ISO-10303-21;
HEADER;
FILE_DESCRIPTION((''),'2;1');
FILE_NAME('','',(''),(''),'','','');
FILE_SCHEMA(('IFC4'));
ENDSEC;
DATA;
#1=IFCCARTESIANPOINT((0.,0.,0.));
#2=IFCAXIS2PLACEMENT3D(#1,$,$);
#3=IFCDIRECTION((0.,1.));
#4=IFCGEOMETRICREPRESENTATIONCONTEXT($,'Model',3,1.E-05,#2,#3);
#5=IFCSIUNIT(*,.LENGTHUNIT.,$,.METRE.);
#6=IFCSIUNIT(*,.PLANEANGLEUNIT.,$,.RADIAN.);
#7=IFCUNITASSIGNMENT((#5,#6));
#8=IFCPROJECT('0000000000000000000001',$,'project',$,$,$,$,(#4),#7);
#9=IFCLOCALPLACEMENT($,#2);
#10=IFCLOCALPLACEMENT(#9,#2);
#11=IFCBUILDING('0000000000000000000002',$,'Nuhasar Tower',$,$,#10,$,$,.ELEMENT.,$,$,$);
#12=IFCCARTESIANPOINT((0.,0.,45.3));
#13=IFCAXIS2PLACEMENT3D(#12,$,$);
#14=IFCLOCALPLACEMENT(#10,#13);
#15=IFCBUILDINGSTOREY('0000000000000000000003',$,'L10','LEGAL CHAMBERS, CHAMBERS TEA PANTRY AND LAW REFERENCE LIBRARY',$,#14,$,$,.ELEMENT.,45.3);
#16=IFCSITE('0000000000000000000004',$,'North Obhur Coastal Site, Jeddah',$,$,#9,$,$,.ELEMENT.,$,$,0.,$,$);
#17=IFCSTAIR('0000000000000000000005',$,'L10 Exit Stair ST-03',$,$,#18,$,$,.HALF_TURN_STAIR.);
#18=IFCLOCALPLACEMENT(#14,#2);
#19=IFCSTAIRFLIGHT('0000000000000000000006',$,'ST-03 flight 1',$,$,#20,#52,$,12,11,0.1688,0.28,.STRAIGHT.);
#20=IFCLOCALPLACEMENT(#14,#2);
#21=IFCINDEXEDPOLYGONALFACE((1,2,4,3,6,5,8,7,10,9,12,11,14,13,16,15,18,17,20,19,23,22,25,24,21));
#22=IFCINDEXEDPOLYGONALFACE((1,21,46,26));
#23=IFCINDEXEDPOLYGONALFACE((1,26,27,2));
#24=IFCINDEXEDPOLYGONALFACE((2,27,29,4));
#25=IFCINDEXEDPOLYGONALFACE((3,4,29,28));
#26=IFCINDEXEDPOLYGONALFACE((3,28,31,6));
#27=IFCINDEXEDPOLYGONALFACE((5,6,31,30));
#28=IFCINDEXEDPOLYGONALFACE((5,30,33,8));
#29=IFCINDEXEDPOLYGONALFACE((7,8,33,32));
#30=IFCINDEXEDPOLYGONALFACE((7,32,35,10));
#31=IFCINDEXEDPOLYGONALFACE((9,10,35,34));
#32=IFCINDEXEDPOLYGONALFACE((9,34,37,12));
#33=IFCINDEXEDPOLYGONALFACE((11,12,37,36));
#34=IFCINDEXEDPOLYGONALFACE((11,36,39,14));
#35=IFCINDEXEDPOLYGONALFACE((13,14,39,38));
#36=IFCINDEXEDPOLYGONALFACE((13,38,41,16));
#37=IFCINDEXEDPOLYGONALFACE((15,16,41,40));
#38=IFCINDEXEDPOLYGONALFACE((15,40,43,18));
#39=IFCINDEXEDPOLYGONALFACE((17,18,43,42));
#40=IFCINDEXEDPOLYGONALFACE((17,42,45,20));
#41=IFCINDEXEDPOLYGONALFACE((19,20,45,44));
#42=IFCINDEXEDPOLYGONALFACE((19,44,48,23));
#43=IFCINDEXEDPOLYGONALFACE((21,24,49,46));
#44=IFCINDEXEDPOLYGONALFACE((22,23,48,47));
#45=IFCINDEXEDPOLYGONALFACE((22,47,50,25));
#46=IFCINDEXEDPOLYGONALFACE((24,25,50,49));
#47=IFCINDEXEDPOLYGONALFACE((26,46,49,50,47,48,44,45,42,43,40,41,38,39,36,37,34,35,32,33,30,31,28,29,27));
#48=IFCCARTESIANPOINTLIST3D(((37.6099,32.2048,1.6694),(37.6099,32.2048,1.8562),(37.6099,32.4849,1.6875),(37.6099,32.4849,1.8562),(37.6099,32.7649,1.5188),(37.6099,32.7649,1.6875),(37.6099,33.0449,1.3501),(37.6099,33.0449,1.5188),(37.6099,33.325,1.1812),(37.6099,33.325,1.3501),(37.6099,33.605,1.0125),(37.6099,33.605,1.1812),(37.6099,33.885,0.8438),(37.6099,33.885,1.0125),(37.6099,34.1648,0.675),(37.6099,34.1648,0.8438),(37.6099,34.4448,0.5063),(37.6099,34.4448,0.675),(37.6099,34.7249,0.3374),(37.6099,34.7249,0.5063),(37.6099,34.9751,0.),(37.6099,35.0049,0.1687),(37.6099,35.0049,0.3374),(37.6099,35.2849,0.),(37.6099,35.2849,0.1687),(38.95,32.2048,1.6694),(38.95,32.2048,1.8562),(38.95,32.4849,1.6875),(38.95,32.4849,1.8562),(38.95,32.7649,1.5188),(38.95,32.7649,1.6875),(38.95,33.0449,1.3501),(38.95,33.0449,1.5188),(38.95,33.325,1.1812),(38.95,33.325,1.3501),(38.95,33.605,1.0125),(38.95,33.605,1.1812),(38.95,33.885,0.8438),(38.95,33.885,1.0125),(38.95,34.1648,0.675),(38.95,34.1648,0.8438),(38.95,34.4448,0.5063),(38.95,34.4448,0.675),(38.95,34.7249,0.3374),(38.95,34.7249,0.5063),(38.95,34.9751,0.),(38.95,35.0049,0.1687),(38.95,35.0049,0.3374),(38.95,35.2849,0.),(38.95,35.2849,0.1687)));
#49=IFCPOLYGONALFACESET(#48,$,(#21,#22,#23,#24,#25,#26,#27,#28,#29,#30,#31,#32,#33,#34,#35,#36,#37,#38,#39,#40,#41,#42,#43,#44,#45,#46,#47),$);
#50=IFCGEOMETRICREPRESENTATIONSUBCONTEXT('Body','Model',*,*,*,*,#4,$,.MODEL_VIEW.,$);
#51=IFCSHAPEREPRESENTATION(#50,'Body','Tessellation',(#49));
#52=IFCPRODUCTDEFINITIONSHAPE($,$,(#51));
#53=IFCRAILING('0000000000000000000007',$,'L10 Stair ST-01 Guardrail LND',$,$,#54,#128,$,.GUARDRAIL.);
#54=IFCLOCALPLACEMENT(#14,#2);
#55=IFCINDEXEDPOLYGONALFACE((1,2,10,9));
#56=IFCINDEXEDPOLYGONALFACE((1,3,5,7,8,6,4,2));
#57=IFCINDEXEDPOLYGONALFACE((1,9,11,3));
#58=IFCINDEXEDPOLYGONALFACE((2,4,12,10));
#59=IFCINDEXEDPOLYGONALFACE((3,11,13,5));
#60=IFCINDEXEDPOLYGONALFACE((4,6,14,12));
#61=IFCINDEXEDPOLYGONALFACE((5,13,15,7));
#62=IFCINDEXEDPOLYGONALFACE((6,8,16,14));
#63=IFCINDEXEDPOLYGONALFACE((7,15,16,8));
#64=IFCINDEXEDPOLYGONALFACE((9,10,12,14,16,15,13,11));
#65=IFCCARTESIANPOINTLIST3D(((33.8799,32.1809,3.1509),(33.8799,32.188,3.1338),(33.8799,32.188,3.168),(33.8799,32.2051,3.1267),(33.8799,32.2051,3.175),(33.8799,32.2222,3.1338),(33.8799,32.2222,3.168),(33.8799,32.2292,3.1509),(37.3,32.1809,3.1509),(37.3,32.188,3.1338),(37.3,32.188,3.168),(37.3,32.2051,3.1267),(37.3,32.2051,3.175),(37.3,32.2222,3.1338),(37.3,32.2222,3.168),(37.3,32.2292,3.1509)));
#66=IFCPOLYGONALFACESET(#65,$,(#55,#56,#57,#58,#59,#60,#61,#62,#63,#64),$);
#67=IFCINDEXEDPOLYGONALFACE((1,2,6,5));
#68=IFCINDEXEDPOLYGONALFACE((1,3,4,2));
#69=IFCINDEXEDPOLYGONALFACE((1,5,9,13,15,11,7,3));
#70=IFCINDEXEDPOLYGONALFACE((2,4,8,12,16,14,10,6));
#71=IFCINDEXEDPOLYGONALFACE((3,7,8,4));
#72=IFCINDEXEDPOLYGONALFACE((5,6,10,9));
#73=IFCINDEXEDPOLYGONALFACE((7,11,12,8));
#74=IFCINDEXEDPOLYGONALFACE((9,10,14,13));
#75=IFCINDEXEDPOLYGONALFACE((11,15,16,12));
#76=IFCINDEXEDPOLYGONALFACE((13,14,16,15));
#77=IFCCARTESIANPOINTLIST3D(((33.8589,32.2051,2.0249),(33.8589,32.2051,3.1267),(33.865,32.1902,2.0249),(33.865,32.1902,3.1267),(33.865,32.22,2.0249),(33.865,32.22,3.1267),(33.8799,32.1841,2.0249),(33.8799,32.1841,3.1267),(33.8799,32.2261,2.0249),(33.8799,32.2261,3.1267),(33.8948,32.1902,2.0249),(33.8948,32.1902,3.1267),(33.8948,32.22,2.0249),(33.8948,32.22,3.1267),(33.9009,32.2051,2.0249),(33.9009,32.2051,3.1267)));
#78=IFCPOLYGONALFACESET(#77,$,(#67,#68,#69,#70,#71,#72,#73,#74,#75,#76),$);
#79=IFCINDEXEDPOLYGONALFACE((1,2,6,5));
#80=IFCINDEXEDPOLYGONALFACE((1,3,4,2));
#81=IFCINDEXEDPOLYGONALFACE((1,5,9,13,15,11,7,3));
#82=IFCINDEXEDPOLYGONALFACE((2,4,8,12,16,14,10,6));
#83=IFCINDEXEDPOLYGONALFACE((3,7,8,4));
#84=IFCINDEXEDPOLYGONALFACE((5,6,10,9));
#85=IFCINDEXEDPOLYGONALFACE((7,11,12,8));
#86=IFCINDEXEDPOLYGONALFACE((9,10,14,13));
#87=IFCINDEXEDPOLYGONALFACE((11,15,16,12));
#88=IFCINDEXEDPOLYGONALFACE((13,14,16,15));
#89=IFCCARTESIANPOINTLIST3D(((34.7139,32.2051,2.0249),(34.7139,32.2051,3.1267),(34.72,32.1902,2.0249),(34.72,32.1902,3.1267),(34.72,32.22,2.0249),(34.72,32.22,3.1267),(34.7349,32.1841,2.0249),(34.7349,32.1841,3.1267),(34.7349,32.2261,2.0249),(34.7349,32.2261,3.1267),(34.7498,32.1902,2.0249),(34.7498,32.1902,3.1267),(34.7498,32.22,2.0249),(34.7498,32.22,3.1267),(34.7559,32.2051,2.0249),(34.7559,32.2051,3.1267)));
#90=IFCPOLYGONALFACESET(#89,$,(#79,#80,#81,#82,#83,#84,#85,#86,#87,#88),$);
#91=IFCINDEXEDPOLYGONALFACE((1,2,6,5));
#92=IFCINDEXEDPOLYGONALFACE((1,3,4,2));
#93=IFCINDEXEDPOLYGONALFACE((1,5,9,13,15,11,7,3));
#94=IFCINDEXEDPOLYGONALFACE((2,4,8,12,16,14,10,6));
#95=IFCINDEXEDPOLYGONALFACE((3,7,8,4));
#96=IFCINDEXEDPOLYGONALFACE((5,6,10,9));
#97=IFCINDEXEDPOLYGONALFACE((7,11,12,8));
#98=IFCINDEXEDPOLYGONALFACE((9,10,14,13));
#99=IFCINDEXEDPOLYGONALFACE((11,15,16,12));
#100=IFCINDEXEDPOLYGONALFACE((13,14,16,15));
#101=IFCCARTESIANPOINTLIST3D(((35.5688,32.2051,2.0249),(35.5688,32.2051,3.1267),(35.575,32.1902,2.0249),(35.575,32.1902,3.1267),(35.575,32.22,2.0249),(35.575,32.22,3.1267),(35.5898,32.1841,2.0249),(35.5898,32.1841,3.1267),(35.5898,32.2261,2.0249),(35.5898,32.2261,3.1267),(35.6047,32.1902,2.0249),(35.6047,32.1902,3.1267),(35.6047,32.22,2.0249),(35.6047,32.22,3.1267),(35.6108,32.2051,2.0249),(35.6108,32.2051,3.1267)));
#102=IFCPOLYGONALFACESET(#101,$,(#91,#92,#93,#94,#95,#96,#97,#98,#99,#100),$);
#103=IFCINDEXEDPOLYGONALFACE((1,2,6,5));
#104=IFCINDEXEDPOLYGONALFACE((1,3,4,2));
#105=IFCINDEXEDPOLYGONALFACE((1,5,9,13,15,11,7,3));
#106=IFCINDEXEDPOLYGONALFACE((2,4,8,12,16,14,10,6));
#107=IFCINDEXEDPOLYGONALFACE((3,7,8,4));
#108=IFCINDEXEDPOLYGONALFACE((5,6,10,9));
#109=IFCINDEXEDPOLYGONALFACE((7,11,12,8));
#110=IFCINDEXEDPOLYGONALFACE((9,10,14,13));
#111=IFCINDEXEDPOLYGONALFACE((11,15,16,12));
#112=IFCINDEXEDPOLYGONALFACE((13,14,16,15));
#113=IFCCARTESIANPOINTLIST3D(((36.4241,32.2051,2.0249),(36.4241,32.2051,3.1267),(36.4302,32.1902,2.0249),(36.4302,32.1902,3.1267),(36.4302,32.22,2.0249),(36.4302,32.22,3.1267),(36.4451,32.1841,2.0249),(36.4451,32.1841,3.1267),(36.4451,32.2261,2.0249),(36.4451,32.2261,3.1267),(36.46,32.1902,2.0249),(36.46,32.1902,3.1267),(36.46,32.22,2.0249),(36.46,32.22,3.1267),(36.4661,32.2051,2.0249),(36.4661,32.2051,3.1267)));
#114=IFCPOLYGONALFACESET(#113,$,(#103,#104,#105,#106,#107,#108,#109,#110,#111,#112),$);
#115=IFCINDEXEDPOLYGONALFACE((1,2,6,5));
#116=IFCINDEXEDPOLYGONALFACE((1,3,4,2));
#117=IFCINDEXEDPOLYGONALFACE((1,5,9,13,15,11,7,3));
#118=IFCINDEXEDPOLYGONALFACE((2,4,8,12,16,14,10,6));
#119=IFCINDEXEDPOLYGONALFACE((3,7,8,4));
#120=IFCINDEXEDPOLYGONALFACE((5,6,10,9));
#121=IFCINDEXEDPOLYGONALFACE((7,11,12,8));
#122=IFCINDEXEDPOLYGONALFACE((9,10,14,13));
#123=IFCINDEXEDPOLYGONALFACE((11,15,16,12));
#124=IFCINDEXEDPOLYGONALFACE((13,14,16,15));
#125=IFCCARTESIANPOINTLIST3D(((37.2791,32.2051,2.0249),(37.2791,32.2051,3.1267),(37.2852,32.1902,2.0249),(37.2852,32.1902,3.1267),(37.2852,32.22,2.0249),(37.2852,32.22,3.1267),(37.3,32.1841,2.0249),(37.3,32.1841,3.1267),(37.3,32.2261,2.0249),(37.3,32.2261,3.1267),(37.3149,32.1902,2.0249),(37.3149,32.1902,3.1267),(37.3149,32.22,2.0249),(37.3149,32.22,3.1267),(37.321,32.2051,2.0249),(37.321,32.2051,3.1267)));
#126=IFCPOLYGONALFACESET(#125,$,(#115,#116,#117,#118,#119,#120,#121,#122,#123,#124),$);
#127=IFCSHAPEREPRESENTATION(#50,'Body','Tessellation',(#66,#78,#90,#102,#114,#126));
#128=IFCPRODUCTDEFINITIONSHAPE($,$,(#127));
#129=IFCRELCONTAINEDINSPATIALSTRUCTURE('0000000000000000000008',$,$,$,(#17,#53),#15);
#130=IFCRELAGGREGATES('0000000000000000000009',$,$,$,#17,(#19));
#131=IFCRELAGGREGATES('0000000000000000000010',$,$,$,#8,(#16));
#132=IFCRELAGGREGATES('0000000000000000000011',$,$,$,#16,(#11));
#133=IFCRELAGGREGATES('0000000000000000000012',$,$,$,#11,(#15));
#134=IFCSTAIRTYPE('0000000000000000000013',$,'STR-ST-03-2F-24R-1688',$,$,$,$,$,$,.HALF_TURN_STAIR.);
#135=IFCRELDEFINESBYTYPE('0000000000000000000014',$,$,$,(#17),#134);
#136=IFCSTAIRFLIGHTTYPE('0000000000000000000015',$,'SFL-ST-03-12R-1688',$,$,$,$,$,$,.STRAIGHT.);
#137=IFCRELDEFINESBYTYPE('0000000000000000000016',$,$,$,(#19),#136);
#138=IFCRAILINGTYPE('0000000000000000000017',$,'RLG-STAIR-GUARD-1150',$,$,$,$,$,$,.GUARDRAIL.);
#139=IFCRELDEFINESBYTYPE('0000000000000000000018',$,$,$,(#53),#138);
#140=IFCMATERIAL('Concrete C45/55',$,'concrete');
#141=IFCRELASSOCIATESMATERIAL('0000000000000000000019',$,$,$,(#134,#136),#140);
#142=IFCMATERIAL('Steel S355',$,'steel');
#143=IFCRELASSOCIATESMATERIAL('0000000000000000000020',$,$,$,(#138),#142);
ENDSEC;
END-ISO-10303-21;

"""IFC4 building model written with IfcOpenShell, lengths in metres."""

from ifc_helpers import new_model, si_unit, direction, frame, origin, place, context, subcontext, project, spatial, polyline, outline, extrude, material, type_object, element, aggregate, save


model = new_model("IFC4")

# Units and contexts
model_context = context("Model", 3, precision=1e-05, world=origin(), true_north=direction((0.0, 1.0)))
body_context = subcontext(model_context, "Body", "Model", "MODEL_VIEW")
ifc_project = project(units=[si_unit("LENGTHUNIT", "METRE"), si_unit("PLANEANGLEUNIT", "RADIAN")], contexts=[model_context])

# Site, building, storey
site_placement = place(None, origin())
site = spatial("IfcSite", under=ifc_project, at=site_placement, Name="North Obhur Coastal Site, Jeddah", CompositionType="ELEMENT", RefElevation=0.0)
building_placement = place(site_placement, origin())
building = spatial("IfcBuilding", under=site, at=building_placement, Name="Nuhasar Tower", CompositionType="ELEMENT")
storey_placement = place(building_placement, frame((0.0, 0.0, 45.3)))
storey = spatial("IfcBuildingStorey", under=building, at=storey_placement, Name="L10", Description="LEGAL CHAMBERS, CHAMBERS TEA PANTRY AND LAW REFERENCE LIBRARY", CompositionType="ELEMENT", Elevation=45.3)

# Shared definitions
ifc_material_1 = material(Name="Steel S355", Category="steel")

# Shared definitions
ifc_material_2 = material(Name="Concrete C45/55", Category="concrete")

# Stair, stair flight
stair_type_1 = type_object("IfcStairType", Name="STR-ST-03-2F-24R-1688", PredefinedType="HALF_TURN_STAIR", material=ifc_material_2)
stair_1_placement = place(storey_placement, origin())
stair_1 = element("IfcStair", 1, at=stair_1_placement, inside=storey, type_object=stair_type_1, Name="L10 Exit Stair ST-03", PredefinedType="HALF_TURN_STAIR")
stair_flight_type_1 = type_object("IfcStairFlightType", Name="SFL-ST-03-12R-1688", PredefinedType="STRAIGHT", material=ifc_material_2)
stair_flight_1_placement = place(storey_placement, frame((38.28, 35.2849, 0.0), z_axis=(0.0, 0.0, 1.0), x_axis=(0.0, -1.0, 0.0)))
stair_flight_1 = element("IfcStairFlight", 2, at=stair_flight_1_placement, type_object=stair_flight_type_1, Name="ST-03 flight 1", NumberOfRisers=12, NumberOfTreads=11, PredefinedType="STRAIGHT", RiserHeight=0.1688, TreadLength=0.28, context=body_context, shape_type="SweptSolid", body=[
    extrude(outline(polyline([(0.0, 0.0), (0.0, 0.1687), (0.28, 0.1687), (0.28, 0.3374), (0.5601, 0.3374), (0.5601, 0.5063), (0.8401, 0.5063), (0.8401, 0.675), (1.1201, 0.675), (1.1201, 0.8438), (1.3999, 0.8438), (1.3999, 1.0125), (1.6799, 1.0125), (1.6799, 1.1812), (1.96, 1.1812), (1.96, 1.3501), (2.24, 1.3501), (2.24, 1.5188), (2.52, 1.5188), (2.52, 1.6875), (2.8, 1.6875), (2.8, 1.8562), (3.0801, 1.8562), (3.0801, 2.0249), (3.0801, 1.6694), (0.3098, 0.0), (0.0, 0.0)])), frame((0.0, 0.6699, 0.0), z_axis=(0.0, -1.0, 0.0), x_axis=(1.0, 0.0, 0.0)), (0.0, 0.0, 1.0), 1.3401),
])
aggregate(stair_1, [stair_flight_1])

# Railing
railing_type_1 = type_object("IfcRailingType", Name="RLG-STAIR-GUARD-1150", PredefinedType="GUARDRAIL", material=ifc_material_1)
railing_1_placement = place(storey_placement, frame((33.8799, 32.2051, 2.0249)))
element("IfcRailing", 3, at=railing_1_placement, inside=storey, type_object=railing_type_1, Name="L10 Stair ST-01 Guardrail LND", PredefinedType="GUARDRAIL", context=body_context, shape_type="SweptSolid", body=[
    extrude(outline(polyline([(0.0242, 0.0), (0.0171, 0.0171), (0.0, 0.0242), (-0.0171, 0.0171), (-0.0242, 0.0), (-0.0171, -0.0171), (0.0, -0.0242), (0.0171, -0.0171), (0.0242, 0.0)])), frame((0.0, 0.0, 1.126), z_axis=(1.0, 0.0, 0.0), x_axis=(0.0, 1.0, 0.0)), (0.0, 0.0, 1.0), 3.4202),
    extrude(outline(polyline([(0.021, 0.0), (0.0149, 0.0149), (0.0, 0.021), (-0.0149, 0.0149), (-0.021, 0.0), (-0.0149, -0.0149), (0.0, -0.021), (0.0149, -0.0149), (0.021, 0.0)])), origin(), (0.0, 0.0, 1.0), 1.1018),
    extrude(outline(polyline([(0.021, 0.0), (0.0149, 0.0149), (0.0, 0.021), (-0.0149, 0.0149), (-0.021, 0.0), (-0.0149, -0.0149), (0.0, -0.021), (0.0149, -0.0149), (0.021, 0.0)])), frame((0.855, 0.0, 0.0)), (0.0, 0.0, 1.0), 1.1018),
    extrude(outline(polyline([(0.021, 0.0), (0.0149, 0.0149), (0.0, 0.021), (-0.0149, 0.0149), (-0.021, 0.0), (-0.0149, -0.0149), (0.0, -0.021), (0.0149, -0.0149), (0.021, 0.0)])), frame((1.71, 0.0, 0.0)), (0.0, 0.0, 1.0), 1.1018),
    extrude(outline(polyline([(0.021, 0.0), (0.0149, 0.0149), (0.0, 0.021), (-0.0149, 0.0149), (-0.021, 0.0), (-0.0149, -0.0149), (0.0, -0.021), (0.0149, -0.0149), (0.021, 0.0)])), frame((2.5652, 0.0, 0.0)), (0.0, 0.0, 1.0), 1.1018),
    extrude(outline(polyline([(0.021, 0.0), (0.0149, 0.0149), (0.0, 0.021), (-0.0149, 0.0149), (-0.021, 0.0), (-0.0149, -0.0149), (0.0, -0.021), (0.0149, -0.0149), (0.021, 0.0)])), frame((3.4202, 0.0, 0.0)), (0.0, 0.0, 1.0), 1.1018),
])

save(model, "model.ifc")
